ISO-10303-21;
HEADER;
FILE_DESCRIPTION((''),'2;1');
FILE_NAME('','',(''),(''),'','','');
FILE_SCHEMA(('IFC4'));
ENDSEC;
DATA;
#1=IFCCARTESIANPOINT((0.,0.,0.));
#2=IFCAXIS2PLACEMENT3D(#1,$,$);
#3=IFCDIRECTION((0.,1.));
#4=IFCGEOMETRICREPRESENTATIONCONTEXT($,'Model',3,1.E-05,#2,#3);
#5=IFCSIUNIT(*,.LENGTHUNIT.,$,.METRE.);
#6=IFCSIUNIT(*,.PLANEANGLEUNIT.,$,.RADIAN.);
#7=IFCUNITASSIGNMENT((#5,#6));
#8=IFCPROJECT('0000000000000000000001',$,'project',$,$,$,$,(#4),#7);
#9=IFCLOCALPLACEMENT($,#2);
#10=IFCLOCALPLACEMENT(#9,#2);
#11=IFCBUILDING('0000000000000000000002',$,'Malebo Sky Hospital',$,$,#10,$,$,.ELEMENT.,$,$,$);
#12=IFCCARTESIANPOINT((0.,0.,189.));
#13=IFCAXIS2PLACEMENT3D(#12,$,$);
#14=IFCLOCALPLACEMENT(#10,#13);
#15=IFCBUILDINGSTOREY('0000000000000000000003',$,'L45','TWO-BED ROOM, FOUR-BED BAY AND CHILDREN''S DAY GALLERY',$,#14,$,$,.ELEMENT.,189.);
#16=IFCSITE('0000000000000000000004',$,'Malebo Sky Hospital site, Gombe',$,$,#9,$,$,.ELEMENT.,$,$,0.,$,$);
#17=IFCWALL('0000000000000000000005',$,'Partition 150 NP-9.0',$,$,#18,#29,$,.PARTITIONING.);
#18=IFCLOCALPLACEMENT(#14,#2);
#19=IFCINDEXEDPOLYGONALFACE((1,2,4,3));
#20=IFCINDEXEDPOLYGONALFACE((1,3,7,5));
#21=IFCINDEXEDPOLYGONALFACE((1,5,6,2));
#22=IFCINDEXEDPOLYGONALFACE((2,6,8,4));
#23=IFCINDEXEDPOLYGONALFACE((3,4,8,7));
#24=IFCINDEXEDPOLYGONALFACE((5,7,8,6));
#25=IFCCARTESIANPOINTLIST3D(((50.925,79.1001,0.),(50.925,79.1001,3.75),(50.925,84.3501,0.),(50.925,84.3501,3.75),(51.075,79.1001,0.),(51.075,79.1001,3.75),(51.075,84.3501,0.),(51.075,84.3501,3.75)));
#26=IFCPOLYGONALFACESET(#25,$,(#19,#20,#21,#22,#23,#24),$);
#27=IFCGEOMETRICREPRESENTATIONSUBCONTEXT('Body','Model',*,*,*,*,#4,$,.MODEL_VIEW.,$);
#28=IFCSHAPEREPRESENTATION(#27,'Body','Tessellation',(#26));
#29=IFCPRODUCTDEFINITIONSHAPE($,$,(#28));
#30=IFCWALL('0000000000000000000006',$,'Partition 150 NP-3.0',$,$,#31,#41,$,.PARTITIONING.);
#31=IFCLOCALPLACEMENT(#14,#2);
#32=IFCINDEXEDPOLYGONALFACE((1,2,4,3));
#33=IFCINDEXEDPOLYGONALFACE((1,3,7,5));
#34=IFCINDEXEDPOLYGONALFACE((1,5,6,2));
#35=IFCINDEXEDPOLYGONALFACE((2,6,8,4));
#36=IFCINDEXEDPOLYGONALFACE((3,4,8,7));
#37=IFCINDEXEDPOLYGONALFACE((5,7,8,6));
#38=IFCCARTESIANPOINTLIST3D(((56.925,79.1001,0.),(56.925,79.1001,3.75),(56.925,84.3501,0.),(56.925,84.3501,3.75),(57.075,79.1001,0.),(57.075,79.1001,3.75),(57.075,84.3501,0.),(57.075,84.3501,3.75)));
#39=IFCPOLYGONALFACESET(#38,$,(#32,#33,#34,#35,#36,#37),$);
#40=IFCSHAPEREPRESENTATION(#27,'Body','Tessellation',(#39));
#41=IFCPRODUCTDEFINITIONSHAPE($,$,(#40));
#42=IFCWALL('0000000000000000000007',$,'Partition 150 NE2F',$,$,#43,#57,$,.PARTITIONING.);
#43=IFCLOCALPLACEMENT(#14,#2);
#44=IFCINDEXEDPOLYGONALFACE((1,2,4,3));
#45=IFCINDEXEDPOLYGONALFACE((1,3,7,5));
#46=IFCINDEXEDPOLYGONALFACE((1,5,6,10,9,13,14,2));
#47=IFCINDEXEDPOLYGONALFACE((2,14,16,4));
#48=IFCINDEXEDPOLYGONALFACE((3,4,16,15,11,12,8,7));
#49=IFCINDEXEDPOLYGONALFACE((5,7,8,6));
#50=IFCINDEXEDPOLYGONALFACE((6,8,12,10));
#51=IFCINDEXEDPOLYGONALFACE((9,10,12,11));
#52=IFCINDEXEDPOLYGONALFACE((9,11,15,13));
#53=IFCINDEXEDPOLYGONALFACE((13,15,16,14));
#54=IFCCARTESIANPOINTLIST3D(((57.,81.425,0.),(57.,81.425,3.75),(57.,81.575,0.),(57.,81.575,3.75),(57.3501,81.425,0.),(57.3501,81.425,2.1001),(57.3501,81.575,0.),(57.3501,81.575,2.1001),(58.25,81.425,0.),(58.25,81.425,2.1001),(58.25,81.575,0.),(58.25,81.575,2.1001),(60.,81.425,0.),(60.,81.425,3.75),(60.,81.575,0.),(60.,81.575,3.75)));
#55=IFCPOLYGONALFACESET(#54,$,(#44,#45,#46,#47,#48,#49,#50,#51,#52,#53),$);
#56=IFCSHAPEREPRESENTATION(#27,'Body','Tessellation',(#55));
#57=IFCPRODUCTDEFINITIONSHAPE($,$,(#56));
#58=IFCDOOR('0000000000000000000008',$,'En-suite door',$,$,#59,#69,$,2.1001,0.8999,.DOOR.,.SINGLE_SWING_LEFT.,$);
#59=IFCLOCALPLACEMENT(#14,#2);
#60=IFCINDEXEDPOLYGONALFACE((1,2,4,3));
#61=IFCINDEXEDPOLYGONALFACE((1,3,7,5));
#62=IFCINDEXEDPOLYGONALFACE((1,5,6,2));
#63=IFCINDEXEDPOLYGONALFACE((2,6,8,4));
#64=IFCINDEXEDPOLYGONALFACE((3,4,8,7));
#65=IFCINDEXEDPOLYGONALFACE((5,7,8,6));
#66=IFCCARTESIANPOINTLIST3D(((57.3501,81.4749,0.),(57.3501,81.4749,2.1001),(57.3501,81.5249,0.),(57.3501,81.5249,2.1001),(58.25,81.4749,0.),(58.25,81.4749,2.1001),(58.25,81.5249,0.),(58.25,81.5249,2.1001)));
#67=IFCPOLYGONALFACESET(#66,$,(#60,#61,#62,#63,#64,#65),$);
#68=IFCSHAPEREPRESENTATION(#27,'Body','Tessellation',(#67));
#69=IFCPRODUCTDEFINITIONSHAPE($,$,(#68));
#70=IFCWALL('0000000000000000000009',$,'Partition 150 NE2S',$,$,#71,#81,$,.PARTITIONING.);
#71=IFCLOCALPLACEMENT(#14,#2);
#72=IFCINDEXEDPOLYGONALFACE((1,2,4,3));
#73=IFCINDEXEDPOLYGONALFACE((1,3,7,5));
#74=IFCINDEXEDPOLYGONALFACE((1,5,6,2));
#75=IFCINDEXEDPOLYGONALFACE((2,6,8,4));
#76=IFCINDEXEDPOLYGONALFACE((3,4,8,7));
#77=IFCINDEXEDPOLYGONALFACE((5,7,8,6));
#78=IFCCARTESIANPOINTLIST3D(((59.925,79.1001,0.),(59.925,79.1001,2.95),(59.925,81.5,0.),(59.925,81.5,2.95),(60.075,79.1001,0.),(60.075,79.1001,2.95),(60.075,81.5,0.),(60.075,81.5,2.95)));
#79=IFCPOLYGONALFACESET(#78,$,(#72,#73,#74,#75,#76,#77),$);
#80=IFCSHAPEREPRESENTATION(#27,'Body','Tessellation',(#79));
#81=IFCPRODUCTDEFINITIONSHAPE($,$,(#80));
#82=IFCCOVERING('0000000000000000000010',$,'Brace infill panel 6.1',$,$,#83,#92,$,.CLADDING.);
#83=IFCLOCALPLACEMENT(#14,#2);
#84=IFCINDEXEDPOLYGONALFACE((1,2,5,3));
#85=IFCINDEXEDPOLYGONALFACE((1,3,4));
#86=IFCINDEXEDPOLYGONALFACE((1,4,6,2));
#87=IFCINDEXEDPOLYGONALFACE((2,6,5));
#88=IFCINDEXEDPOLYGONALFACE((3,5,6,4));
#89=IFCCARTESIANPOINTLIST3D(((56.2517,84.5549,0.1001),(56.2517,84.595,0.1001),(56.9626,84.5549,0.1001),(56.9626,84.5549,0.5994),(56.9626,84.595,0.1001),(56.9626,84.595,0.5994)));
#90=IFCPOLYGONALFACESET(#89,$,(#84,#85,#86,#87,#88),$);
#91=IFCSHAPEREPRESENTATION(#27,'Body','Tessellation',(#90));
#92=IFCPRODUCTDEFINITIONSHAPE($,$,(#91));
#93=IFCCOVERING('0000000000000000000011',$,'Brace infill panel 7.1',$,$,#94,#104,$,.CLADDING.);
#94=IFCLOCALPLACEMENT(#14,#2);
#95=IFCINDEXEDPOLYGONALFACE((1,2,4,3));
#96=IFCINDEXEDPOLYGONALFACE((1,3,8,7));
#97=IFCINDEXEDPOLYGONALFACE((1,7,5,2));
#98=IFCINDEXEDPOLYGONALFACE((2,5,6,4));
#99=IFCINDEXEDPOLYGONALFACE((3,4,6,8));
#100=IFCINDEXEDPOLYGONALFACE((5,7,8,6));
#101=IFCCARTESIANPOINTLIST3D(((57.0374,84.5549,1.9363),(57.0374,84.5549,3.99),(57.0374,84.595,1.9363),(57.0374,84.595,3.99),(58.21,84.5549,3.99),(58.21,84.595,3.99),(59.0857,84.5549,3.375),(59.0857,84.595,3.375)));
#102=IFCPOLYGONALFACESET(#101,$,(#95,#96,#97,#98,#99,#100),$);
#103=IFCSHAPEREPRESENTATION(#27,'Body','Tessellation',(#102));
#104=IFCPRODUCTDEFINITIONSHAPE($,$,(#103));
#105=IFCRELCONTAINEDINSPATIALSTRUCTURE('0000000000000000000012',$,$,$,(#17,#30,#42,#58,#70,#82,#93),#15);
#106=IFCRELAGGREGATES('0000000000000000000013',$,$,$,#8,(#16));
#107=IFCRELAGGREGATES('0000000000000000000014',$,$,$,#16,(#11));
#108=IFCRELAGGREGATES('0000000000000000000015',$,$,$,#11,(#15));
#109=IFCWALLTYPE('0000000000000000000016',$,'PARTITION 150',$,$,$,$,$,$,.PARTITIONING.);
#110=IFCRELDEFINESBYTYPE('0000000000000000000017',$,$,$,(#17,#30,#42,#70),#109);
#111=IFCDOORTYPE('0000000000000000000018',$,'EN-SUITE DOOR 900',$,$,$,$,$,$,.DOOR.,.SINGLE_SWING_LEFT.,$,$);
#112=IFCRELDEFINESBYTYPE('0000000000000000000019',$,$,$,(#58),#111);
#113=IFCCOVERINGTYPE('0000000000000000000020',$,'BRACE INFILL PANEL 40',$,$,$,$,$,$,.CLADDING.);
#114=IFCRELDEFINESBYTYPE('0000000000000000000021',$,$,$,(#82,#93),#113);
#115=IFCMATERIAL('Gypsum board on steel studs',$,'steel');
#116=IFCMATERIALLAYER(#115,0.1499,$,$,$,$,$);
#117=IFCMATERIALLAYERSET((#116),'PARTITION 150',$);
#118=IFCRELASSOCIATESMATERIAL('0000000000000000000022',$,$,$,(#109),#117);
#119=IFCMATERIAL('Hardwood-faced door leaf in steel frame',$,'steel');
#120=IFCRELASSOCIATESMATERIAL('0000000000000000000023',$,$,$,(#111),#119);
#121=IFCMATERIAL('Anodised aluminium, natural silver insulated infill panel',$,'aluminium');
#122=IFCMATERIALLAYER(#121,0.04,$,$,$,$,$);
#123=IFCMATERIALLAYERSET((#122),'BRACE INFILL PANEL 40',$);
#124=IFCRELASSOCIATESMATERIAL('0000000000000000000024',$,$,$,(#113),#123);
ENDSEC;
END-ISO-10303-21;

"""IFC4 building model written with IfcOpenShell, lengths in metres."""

from ifc_helpers import new_model, si_unit, direction, frame, frame_2d, origin, place, context, subcontext, project, spatial, polyline, rectangle, outline, extrude, material, layer, layer_set, type_object, element, fill, save


model = new_model("IFC4")

# Units and contexts
model_context = context("Model", 3, precision=1e-05, world=origin(), true_north=direction((0.0, 1.0)))
body_context = subcontext(model_context, "Body", "Model", "MODEL_VIEW")
ifc_project = project(units=[si_unit("LENGTHUNIT", "METRE"), si_unit("PLANEANGLEUNIT", "RADIAN")], contexts=[model_context])

# Site, building, storey
site_placement = place(None, origin())
site = spatial("IfcSite", under=ifc_project, at=site_placement, Name="Malebo Sky Hospital site, Gombe", CompositionType="ELEMENT", RefElevation=0.0)
building_placement = place(site_placement, origin())
building = spatial("IfcBuilding", under=site, at=building_placement, Name="Malebo Sky Hospital", CompositionType="ELEMENT")
storey_placement = place(building_placement, frame((0.0, 0.0, 189.0)))
storey = spatial("IfcBuildingStorey", under=building, at=storey_placement, Name="L45", Description="TWO-BED ROOM, FOUR-BED BAY AND CHILDREN'S DAY GALLERY", CompositionType="ELEMENT", Elevation=189.0)

# Walls
ifc_material_1 = material(Name="Gypsum board on steel studs", Category="steel")
ifc_layer_1 = layer(ifc_material_1, 0.1499)
ifc_layer_set_1 = layer_set([ifc_layer_1], Name="PARTITION 150")
wall_type = type_object("IfcWallType", Name="PARTITION 150", PredefinedType="PARTITIONING", material=ifc_layer_set_1)
for number, where, z_axis, x_axis, name in (
    (1, (51.0, 79.1001, 0.0), (0.0, 0.0, 1.0), (0.0, 1.0, 0.0), "Partition 150 NP-9.0"),
    (2, (57.0, 79.1001, 0.0), (0.0, 0.0, 1.0), (0.0, 1.0, 0.0), "Partition 150 NP-3.0"),
):
    element("IfcWall", number, at=place(storey_placement, frame(where, z_axis=z_axis, x_axis=x_axis)), inside=storey, type_object=wall_type, Name=name, PredefinedType="PARTITIONING", context=body_context, shape_type="SweptSolid", body=[
        extrude(rectangle(XDim=5.25, YDim=0.1499, at=frame_2d((2.625, 0.0))), origin(), (0.0, 0.0, 1.0), 3.75),
    ])

# Wall, opening, door
wall_1_placement = place(storey_placement, frame((57.0, 81.5, 0.0), z_axis=(0.0, 0.0, 1.0), x_axis=(1.0, 0.0, 0.0)))
wall_1 = element("IfcWall", 3, at=wall_1_placement, inside=storey, type_object=wall_type, Name="Partition 150 NE2F", PredefinedType="PARTITIONING", context=body_context, shape_type="SweptSolid", body=[
    extrude(rectangle(XDim=3.0, YDim=0.1499, at=frame_2d((1.5, 0.0))), origin(), (0.0, 0.0, 1.0), 3.75),
])
opening_placement = place(wall_1_placement, frame((0.3501, 0.0, 0.0)))
opening = element("IfcOpeningElement", 4, at=opening_placement, cuts=wall_1, PredefinedType="OPENING", context=body_context, shape_type="SweptSolid", body=[
    extrude(rectangle(XDim=0.8999, YDim=2.1001, at=frame_2d((0.45, 1.05))), frame((0.0, 0.085, 0.0), z_axis=(0.0, -1.0, 0.0), x_axis=(1.0, 0.0, 0.0)), (0.0, 0.0, 1.0), 0.1699),
])
ifc_material_2 = material(Name="Hardwood-faced door leaf in steel frame", Category="steel")
door_type = type_object("IfcDoorType", Name="EN-SUITE DOOR 900", OperationType="SINGLE_SWING_LEFT", PredefinedType="DOOR", material=ifc_material_2)
door_placement = place(opening_placement, origin())
door = element("IfcDoor", 5, at=door_placement, inside=storey, type_object=door_type, Name="En-suite door", OperationType="SINGLE_SWING_LEFT", OverallHeight=2.1001, OverallWidth=0.8999, PredefinedType="DOOR", context=body_context, shape_type="SweptSolid", body=[
    extrude(rectangle(XDim=0.8999, YDim=2.1001, at=frame_2d((0.45, 1.05))), frame((0.0, 0.0249, 0.0), z_axis=(0.0, -1.0, 0.0), x_axis=(1.0, 0.0, 0.0)), (0.0, 0.0, 1.0), 0.05),
])
fill(opening, door)

# Wall
wall_2_placement = place(storey_placement, frame((60.0, 79.1001, 0.0), z_axis=(0.0, 0.0, 1.0), x_axis=(0.0, 1.0, 0.0)))
element("IfcWall", 6, at=wall_2_placement, inside=storey, type_object=wall_type, Name="Partition 150 NE2S", PredefinedType="PARTITIONING", context=body_context, shape_type="SweptSolid", body=[
    extrude(rectangle(XDim=2.3999, YDim=0.1499, at=frame_2d((1.2, 0.0))), origin(), (0.0, 0.0, 1.0), 2.95),
])

# Coverings
ifc_material_3 = material(Name="Anodised aluminium, natural silver insulated infill panel", Category="aluminium")
ifc_layer_2 = layer(ifc_material_3, 0.04)
ifc_layer_set_2 = layer_set([ifc_layer_2], Name="BRACE INFILL PANEL 40")
covering_type = type_object("IfcCoveringType", Name="BRACE INFILL PANEL 40", PredefinedType="CLADDING", material=ifc_layer_set_2)
covering_1_placement = place(storey_placement, frame((56.6072, 84.575, 0.1001), z_axis=(0.0, 0.0, 1.0), x_axis=(1.0, 0.0, 0.0)))
element("IfcCovering", 7, at=covering_1_placement, inside=storey, type_object=covering_type, Name="Brace infill panel 6.1", PredefinedType="CLADDING", context=body_context, shape_type="SweptSolid", body=[
    extrude(outline(polyline([(-0.3555, 0.0), (0.3555, 0.0), (0.3555, 0.4993), (-0.3555, 0.0)])), frame((0.0, 0.02, 0.0), z_axis=(0.0, -1.0, 0.0), x_axis=(1.0, 0.0, 0.0)), (0.0, 0.0, 1.0), 0.04),
])
covering_2_placement = place(storey_placement, frame((58.0615, 84.575, 1.9363), z_axis=(0.0, 0.0, 1.0), x_axis=(1.0, 0.0, 0.0)))
element("IfcCovering", 8, at=covering_2_placement, inside=storey, type_object=covering_type, Name="Brace infill panel 7.1", PredefinedType="CLADDING", context=body_context, shape_type="SweptSolid", body=[
    extrude(outline(polyline([(-1.0242, 0.0), (1.0242, 1.4387), (0.1484, 2.0537), (-1.0242, 2.0537), (-1.0242, 0.0)])), frame((0.0, 0.02, 0.0), z_axis=(0.0, -1.0, 0.0), x_axis=(1.0, 0.0, 0.0)), (0.0, 0.0, 1.0), 0.04),
])

save(model, "model.ifc")
